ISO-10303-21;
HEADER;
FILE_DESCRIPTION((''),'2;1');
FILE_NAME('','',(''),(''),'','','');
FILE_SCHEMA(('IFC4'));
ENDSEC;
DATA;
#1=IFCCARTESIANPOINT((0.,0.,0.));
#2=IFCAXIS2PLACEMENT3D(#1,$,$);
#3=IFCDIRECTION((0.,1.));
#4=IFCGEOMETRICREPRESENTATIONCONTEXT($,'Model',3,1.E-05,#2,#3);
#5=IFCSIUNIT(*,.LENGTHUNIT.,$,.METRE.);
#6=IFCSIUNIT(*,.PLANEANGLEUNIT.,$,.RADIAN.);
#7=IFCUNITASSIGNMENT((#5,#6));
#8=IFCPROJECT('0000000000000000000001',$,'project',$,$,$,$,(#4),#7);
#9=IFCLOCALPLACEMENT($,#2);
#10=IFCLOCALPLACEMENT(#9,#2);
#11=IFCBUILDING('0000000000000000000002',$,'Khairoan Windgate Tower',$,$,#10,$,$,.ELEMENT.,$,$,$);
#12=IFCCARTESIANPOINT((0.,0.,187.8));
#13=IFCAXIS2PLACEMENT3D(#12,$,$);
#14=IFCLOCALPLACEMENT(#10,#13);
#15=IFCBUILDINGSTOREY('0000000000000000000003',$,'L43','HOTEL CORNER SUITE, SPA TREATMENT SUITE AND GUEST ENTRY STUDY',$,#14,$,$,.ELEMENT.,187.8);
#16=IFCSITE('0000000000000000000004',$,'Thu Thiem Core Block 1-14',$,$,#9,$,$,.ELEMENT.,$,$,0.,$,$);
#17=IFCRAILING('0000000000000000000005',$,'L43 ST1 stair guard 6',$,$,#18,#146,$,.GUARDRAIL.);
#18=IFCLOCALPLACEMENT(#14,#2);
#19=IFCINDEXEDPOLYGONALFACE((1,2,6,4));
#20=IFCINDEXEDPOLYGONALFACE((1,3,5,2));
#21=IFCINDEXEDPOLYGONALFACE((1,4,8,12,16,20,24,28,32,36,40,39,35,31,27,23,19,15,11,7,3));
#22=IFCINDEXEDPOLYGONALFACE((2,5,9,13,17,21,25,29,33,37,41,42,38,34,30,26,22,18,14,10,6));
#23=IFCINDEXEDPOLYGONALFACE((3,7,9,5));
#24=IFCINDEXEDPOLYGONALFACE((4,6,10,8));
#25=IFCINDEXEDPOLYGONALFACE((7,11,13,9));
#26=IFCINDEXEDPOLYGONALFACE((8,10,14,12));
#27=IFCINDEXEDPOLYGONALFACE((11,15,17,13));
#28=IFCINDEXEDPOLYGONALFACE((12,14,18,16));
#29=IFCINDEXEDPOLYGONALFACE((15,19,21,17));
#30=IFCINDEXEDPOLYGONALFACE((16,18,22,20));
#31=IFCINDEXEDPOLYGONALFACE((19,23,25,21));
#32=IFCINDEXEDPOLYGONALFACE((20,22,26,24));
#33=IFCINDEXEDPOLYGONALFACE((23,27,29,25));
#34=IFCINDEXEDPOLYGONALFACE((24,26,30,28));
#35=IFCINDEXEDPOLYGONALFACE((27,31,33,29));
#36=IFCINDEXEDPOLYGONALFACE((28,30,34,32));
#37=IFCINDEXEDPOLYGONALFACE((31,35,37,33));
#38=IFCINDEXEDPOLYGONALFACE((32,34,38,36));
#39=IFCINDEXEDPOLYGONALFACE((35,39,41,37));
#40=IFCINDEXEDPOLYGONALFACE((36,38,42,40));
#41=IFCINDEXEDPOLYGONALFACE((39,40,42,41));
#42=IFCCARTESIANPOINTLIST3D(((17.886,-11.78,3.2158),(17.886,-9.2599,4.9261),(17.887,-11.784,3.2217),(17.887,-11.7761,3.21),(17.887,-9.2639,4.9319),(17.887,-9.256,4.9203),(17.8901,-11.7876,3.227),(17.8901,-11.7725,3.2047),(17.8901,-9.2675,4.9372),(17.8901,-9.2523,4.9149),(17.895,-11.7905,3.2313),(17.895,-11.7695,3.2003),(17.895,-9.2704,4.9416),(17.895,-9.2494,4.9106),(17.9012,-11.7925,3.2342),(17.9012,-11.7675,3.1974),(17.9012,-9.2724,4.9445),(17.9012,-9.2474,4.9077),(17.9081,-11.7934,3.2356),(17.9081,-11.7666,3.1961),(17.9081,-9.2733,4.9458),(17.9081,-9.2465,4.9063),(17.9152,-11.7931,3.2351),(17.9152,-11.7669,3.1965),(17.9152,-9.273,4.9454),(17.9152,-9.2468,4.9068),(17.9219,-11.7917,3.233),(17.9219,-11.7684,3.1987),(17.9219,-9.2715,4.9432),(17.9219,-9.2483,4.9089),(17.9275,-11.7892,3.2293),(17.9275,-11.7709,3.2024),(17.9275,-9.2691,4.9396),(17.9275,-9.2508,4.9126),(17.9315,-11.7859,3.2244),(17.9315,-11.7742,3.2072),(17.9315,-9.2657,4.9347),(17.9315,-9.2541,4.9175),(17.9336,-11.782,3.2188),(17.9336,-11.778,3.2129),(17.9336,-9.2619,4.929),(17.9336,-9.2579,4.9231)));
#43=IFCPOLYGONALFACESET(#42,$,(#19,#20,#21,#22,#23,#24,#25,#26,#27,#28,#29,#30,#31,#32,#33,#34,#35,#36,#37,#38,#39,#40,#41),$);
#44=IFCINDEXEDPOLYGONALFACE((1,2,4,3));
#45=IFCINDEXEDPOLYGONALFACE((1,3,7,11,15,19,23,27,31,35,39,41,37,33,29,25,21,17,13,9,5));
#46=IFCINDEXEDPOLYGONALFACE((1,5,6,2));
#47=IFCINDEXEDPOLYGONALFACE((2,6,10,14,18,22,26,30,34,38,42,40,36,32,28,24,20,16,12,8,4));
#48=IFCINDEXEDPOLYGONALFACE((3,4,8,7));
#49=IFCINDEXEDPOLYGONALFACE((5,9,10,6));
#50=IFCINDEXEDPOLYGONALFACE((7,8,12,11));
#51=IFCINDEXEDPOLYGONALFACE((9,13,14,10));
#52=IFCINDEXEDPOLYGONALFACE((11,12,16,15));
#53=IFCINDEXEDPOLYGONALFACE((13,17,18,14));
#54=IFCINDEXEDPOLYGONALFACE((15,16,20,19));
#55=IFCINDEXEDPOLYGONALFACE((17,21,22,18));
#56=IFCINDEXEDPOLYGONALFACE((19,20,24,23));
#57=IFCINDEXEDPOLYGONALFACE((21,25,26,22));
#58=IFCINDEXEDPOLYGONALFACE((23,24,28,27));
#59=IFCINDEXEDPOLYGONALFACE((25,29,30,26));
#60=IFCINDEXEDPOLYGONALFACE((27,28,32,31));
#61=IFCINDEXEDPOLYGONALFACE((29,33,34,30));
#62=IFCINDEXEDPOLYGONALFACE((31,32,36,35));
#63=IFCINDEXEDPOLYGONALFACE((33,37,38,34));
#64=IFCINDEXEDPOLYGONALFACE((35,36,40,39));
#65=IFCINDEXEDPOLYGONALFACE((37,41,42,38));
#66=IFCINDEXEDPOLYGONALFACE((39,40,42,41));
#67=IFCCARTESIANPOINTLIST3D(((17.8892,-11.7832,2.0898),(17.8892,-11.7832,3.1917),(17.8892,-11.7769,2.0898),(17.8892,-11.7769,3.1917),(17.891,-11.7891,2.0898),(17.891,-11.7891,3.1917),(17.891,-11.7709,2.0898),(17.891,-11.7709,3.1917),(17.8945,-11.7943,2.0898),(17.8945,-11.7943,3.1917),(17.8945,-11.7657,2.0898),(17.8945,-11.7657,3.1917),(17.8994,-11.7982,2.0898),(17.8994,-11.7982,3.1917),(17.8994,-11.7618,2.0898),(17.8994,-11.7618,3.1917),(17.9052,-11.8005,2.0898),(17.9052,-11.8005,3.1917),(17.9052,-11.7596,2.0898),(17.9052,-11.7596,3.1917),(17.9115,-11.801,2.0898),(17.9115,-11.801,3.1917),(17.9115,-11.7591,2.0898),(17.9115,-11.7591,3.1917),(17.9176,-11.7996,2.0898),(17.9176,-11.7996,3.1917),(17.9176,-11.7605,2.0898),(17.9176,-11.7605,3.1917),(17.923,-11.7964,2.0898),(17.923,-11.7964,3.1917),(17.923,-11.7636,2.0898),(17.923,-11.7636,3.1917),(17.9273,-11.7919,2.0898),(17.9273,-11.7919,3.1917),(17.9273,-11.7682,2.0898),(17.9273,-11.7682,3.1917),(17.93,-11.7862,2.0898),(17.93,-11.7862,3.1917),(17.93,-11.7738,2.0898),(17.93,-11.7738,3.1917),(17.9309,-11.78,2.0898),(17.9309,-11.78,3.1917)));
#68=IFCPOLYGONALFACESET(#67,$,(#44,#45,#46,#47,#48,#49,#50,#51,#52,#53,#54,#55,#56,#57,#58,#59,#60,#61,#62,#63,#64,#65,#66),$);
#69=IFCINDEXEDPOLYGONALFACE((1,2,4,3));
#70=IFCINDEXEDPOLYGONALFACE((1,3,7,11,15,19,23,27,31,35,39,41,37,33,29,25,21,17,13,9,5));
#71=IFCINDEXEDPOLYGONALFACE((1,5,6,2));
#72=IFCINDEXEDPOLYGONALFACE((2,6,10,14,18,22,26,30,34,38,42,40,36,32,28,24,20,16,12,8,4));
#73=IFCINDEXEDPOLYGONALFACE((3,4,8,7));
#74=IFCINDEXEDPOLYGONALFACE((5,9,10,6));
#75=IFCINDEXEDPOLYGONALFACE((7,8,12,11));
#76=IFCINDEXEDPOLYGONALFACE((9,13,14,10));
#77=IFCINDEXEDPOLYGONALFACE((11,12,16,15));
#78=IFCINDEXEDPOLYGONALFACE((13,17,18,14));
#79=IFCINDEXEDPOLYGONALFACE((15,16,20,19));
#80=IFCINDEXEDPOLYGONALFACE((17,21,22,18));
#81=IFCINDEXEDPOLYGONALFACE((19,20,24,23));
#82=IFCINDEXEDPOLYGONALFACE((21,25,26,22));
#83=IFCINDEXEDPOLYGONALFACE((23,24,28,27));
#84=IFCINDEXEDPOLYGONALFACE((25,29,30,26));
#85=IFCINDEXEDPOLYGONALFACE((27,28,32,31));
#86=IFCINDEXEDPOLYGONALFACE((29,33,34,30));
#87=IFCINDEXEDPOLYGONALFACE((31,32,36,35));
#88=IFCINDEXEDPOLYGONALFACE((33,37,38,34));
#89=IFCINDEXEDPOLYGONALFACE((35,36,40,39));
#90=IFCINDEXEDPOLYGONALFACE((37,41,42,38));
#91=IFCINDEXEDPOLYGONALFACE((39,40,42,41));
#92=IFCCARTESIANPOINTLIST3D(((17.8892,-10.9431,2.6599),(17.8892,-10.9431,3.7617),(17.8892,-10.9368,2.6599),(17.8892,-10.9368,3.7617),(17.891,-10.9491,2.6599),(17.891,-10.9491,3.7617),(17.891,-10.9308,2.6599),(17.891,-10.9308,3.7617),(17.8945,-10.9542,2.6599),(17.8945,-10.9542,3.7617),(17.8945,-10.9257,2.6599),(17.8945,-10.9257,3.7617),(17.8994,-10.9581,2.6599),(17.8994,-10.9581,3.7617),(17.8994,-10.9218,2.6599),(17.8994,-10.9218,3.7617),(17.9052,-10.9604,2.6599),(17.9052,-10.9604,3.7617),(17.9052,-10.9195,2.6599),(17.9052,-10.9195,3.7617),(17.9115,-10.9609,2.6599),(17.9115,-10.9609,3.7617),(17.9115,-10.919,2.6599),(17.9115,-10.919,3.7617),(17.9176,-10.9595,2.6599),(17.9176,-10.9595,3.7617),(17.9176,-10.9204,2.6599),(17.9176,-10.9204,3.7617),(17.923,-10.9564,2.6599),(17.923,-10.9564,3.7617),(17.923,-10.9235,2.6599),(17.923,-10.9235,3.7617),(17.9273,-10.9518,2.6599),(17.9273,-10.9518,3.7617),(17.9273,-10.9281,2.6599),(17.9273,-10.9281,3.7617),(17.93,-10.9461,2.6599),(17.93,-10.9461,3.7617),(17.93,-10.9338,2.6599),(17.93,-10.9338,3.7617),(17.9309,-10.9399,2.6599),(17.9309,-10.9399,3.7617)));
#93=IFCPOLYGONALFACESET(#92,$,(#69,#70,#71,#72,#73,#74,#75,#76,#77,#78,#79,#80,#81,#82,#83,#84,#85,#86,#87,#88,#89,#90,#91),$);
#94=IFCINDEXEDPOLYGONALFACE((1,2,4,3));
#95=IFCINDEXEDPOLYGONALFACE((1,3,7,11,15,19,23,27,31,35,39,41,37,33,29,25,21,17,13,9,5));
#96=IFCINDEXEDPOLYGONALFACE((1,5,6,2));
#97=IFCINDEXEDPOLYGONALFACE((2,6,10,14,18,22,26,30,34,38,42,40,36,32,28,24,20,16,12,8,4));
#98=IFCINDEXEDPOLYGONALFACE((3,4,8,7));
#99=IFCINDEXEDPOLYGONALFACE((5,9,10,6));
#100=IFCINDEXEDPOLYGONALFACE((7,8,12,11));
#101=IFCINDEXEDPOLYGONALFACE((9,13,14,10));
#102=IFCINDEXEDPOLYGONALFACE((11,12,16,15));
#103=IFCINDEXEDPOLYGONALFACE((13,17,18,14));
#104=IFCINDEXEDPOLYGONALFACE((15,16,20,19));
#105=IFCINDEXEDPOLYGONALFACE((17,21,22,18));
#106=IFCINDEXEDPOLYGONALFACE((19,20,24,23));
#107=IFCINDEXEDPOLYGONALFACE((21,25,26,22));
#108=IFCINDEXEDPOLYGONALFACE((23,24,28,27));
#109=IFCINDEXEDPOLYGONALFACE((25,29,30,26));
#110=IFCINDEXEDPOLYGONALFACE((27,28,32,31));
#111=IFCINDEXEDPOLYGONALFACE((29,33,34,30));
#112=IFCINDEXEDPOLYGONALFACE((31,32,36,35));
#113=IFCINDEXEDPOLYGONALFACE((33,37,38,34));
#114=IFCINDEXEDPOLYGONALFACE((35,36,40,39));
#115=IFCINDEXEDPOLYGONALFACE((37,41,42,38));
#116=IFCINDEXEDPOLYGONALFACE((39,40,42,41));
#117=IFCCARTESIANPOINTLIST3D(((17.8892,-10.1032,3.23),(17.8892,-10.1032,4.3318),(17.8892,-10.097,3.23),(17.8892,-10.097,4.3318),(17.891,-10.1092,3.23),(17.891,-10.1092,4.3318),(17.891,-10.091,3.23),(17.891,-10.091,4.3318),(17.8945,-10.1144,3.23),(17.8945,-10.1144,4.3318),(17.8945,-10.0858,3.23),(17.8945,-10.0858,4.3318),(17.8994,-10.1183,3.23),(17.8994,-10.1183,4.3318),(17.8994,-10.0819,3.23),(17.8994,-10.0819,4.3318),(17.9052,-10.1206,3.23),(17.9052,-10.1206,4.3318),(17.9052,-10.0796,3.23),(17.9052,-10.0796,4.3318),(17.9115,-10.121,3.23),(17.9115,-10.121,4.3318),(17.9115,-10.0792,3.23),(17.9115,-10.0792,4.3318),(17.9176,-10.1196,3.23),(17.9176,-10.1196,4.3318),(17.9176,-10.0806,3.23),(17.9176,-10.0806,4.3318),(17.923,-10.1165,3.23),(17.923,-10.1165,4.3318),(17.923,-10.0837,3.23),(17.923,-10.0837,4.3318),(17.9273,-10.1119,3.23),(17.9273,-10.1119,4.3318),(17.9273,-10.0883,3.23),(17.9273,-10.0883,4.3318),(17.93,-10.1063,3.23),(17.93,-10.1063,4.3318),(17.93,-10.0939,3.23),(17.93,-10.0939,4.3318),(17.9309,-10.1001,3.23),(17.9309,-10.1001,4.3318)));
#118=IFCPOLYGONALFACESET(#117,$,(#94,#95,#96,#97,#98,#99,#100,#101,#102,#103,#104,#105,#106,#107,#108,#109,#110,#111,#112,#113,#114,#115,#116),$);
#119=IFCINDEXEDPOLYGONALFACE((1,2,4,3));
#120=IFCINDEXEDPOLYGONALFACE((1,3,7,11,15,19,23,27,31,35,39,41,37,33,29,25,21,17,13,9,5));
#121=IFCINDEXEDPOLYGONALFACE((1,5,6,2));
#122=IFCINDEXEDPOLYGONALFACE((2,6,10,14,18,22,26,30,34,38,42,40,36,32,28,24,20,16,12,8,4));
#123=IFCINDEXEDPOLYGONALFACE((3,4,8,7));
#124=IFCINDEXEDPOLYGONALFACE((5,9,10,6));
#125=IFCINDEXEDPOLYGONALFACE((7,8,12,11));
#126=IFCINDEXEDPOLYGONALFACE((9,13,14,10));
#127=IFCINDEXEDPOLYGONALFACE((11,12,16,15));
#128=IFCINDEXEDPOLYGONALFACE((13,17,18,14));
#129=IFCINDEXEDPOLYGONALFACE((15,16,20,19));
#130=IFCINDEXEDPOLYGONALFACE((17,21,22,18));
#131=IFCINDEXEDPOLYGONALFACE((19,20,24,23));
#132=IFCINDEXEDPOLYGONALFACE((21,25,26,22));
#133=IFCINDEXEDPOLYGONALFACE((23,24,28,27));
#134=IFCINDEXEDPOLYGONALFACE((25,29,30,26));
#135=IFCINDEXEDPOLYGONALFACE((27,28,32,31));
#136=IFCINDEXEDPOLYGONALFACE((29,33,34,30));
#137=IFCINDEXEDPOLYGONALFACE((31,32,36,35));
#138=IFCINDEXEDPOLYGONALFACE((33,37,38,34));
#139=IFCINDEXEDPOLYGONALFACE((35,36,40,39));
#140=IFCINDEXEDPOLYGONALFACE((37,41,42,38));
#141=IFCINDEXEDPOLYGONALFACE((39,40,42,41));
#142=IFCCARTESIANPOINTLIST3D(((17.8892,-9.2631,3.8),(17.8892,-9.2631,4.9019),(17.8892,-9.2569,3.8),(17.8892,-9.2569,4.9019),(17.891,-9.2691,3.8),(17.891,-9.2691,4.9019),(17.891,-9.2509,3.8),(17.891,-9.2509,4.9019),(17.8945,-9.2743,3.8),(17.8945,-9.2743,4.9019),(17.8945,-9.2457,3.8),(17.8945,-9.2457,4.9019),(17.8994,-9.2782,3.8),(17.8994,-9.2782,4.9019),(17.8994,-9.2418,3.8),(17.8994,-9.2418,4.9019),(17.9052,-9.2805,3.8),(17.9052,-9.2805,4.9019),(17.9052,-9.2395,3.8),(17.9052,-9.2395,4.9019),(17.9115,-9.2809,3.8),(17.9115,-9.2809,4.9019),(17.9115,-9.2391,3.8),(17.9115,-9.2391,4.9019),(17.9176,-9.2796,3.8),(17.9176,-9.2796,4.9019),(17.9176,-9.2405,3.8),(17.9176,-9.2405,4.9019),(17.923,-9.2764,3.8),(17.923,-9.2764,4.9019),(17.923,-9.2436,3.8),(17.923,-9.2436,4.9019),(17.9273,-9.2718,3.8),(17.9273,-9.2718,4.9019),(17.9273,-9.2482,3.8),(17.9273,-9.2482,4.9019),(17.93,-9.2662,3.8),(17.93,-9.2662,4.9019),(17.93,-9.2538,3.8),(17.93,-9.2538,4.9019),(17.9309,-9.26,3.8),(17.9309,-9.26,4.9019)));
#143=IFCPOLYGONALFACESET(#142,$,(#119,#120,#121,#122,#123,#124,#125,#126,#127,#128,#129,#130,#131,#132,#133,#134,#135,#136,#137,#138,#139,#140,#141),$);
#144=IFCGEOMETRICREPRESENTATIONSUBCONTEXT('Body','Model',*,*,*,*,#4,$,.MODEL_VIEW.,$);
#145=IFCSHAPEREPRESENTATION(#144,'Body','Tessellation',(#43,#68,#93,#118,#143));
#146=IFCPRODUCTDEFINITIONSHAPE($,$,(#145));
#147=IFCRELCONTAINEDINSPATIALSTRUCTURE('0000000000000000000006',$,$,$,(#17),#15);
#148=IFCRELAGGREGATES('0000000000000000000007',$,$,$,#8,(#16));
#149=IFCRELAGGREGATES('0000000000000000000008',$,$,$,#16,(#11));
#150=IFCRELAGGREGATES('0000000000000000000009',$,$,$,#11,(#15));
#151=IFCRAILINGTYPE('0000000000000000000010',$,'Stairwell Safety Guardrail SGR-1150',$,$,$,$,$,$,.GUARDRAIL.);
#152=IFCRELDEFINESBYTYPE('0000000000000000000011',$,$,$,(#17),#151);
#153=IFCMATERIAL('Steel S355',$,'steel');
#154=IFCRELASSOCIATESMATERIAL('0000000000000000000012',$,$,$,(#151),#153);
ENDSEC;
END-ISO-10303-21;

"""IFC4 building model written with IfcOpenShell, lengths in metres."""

from ifc_helpers import new_model, si_unit, direction, frame, origin, origin_2d, place, context, subcontext, project, spatial, circle, extrude, material, type_object, element, save


model = new_model("IFC4")

# Units and contexts
model_context = context("Model", 3, precision=1e-05, world=origin(), true_north=direction((0.0, 1.0)))
body_context = subcontext(model_context, "Body", "Model", "MODEL_VIEW")
ifc_project = project(units=[si_unit("LENGTHUNIT", "METRE"), si_unit("PLANEANGLEUNIT", "RADIAN")], contexts=[model_context])

# Site, building, storey
site_placement = place(None, origin())
site = spatial("IfcSite", under=ifc_project, at=site_placement, Name="Thu Thiem Core Block 1-14", CompositionType="ELEMENT", RefElevation=0.0)
building_placement = place(site_placement, origin())
building = spatial("IfcBuilding", under=site, at=building_placement, Name="Khairoan Windgate Tower", CompositionType="ELEMENT")
storey_placement = place(building_placement, frame((0.0, 0.0, 187.8)))
storey = spatial("IfcBuildingStorey", under=building, at=storey_placement, Name="L43", Description="HOTEL CORNER SUITE, SPA TREATMENT SUITE AND GUEST ENTRY STUDY", CompositionType="ELEMENT", Elevation=187.8)

# Railing
ifc_material_1 = material(Name="Steel S355", Category="steel")
railing_type = type_object("IfcRailingType", Name="Stairwell Safety Guardrail SGR-1150", PredefinedType="GUARDRAIL", material=ifc_material_1)
railing_1_placement = place(storey_placement, frame((17.9099, -11.78, 2.0898)))
element("IfcRailing", 1, at=railing_1_placement, inside=storey, type_object=railing_type, Name="L43 ST1 stair guard 6", PredefinedType="GUARDRAIL", context=body_context, shape_type="SweptSolid", body=[
    extrude(circle(Radius=0.0239, at=origin_2d()), frame((0.0, 0.0, 1.126), z_axis=(0.0, 0.827447, 0.561545), x_axis=(-1.0, 0.0, 0.0)), (0.0, 0.0, 1.0), 3.0457),
    extrude(circle(Radius=0.021, at=origin_2d()), origin(), (0.0, 0.0, 1.0), 1.1018),
    extrude(circle(Radius=0.021, at=origin_2d()), frame((0.0, 0.8401, 0.5701)), (0.0, 0.0, 1.0), 1.1018),
    extrude(circle(Radius=0.021, at=origin_2d()), frame((0.0, 1.6799, 1.1401)), (0.0, 0.0, 1.0), 1.1018),
    extrude(circle(Radius=0.021, at=origin_2d()), frame((0.0, 2.52, 1.7102)), (0.0, 0.0, 1.0), 1.1018),
])

save(model, "model.ifc")
